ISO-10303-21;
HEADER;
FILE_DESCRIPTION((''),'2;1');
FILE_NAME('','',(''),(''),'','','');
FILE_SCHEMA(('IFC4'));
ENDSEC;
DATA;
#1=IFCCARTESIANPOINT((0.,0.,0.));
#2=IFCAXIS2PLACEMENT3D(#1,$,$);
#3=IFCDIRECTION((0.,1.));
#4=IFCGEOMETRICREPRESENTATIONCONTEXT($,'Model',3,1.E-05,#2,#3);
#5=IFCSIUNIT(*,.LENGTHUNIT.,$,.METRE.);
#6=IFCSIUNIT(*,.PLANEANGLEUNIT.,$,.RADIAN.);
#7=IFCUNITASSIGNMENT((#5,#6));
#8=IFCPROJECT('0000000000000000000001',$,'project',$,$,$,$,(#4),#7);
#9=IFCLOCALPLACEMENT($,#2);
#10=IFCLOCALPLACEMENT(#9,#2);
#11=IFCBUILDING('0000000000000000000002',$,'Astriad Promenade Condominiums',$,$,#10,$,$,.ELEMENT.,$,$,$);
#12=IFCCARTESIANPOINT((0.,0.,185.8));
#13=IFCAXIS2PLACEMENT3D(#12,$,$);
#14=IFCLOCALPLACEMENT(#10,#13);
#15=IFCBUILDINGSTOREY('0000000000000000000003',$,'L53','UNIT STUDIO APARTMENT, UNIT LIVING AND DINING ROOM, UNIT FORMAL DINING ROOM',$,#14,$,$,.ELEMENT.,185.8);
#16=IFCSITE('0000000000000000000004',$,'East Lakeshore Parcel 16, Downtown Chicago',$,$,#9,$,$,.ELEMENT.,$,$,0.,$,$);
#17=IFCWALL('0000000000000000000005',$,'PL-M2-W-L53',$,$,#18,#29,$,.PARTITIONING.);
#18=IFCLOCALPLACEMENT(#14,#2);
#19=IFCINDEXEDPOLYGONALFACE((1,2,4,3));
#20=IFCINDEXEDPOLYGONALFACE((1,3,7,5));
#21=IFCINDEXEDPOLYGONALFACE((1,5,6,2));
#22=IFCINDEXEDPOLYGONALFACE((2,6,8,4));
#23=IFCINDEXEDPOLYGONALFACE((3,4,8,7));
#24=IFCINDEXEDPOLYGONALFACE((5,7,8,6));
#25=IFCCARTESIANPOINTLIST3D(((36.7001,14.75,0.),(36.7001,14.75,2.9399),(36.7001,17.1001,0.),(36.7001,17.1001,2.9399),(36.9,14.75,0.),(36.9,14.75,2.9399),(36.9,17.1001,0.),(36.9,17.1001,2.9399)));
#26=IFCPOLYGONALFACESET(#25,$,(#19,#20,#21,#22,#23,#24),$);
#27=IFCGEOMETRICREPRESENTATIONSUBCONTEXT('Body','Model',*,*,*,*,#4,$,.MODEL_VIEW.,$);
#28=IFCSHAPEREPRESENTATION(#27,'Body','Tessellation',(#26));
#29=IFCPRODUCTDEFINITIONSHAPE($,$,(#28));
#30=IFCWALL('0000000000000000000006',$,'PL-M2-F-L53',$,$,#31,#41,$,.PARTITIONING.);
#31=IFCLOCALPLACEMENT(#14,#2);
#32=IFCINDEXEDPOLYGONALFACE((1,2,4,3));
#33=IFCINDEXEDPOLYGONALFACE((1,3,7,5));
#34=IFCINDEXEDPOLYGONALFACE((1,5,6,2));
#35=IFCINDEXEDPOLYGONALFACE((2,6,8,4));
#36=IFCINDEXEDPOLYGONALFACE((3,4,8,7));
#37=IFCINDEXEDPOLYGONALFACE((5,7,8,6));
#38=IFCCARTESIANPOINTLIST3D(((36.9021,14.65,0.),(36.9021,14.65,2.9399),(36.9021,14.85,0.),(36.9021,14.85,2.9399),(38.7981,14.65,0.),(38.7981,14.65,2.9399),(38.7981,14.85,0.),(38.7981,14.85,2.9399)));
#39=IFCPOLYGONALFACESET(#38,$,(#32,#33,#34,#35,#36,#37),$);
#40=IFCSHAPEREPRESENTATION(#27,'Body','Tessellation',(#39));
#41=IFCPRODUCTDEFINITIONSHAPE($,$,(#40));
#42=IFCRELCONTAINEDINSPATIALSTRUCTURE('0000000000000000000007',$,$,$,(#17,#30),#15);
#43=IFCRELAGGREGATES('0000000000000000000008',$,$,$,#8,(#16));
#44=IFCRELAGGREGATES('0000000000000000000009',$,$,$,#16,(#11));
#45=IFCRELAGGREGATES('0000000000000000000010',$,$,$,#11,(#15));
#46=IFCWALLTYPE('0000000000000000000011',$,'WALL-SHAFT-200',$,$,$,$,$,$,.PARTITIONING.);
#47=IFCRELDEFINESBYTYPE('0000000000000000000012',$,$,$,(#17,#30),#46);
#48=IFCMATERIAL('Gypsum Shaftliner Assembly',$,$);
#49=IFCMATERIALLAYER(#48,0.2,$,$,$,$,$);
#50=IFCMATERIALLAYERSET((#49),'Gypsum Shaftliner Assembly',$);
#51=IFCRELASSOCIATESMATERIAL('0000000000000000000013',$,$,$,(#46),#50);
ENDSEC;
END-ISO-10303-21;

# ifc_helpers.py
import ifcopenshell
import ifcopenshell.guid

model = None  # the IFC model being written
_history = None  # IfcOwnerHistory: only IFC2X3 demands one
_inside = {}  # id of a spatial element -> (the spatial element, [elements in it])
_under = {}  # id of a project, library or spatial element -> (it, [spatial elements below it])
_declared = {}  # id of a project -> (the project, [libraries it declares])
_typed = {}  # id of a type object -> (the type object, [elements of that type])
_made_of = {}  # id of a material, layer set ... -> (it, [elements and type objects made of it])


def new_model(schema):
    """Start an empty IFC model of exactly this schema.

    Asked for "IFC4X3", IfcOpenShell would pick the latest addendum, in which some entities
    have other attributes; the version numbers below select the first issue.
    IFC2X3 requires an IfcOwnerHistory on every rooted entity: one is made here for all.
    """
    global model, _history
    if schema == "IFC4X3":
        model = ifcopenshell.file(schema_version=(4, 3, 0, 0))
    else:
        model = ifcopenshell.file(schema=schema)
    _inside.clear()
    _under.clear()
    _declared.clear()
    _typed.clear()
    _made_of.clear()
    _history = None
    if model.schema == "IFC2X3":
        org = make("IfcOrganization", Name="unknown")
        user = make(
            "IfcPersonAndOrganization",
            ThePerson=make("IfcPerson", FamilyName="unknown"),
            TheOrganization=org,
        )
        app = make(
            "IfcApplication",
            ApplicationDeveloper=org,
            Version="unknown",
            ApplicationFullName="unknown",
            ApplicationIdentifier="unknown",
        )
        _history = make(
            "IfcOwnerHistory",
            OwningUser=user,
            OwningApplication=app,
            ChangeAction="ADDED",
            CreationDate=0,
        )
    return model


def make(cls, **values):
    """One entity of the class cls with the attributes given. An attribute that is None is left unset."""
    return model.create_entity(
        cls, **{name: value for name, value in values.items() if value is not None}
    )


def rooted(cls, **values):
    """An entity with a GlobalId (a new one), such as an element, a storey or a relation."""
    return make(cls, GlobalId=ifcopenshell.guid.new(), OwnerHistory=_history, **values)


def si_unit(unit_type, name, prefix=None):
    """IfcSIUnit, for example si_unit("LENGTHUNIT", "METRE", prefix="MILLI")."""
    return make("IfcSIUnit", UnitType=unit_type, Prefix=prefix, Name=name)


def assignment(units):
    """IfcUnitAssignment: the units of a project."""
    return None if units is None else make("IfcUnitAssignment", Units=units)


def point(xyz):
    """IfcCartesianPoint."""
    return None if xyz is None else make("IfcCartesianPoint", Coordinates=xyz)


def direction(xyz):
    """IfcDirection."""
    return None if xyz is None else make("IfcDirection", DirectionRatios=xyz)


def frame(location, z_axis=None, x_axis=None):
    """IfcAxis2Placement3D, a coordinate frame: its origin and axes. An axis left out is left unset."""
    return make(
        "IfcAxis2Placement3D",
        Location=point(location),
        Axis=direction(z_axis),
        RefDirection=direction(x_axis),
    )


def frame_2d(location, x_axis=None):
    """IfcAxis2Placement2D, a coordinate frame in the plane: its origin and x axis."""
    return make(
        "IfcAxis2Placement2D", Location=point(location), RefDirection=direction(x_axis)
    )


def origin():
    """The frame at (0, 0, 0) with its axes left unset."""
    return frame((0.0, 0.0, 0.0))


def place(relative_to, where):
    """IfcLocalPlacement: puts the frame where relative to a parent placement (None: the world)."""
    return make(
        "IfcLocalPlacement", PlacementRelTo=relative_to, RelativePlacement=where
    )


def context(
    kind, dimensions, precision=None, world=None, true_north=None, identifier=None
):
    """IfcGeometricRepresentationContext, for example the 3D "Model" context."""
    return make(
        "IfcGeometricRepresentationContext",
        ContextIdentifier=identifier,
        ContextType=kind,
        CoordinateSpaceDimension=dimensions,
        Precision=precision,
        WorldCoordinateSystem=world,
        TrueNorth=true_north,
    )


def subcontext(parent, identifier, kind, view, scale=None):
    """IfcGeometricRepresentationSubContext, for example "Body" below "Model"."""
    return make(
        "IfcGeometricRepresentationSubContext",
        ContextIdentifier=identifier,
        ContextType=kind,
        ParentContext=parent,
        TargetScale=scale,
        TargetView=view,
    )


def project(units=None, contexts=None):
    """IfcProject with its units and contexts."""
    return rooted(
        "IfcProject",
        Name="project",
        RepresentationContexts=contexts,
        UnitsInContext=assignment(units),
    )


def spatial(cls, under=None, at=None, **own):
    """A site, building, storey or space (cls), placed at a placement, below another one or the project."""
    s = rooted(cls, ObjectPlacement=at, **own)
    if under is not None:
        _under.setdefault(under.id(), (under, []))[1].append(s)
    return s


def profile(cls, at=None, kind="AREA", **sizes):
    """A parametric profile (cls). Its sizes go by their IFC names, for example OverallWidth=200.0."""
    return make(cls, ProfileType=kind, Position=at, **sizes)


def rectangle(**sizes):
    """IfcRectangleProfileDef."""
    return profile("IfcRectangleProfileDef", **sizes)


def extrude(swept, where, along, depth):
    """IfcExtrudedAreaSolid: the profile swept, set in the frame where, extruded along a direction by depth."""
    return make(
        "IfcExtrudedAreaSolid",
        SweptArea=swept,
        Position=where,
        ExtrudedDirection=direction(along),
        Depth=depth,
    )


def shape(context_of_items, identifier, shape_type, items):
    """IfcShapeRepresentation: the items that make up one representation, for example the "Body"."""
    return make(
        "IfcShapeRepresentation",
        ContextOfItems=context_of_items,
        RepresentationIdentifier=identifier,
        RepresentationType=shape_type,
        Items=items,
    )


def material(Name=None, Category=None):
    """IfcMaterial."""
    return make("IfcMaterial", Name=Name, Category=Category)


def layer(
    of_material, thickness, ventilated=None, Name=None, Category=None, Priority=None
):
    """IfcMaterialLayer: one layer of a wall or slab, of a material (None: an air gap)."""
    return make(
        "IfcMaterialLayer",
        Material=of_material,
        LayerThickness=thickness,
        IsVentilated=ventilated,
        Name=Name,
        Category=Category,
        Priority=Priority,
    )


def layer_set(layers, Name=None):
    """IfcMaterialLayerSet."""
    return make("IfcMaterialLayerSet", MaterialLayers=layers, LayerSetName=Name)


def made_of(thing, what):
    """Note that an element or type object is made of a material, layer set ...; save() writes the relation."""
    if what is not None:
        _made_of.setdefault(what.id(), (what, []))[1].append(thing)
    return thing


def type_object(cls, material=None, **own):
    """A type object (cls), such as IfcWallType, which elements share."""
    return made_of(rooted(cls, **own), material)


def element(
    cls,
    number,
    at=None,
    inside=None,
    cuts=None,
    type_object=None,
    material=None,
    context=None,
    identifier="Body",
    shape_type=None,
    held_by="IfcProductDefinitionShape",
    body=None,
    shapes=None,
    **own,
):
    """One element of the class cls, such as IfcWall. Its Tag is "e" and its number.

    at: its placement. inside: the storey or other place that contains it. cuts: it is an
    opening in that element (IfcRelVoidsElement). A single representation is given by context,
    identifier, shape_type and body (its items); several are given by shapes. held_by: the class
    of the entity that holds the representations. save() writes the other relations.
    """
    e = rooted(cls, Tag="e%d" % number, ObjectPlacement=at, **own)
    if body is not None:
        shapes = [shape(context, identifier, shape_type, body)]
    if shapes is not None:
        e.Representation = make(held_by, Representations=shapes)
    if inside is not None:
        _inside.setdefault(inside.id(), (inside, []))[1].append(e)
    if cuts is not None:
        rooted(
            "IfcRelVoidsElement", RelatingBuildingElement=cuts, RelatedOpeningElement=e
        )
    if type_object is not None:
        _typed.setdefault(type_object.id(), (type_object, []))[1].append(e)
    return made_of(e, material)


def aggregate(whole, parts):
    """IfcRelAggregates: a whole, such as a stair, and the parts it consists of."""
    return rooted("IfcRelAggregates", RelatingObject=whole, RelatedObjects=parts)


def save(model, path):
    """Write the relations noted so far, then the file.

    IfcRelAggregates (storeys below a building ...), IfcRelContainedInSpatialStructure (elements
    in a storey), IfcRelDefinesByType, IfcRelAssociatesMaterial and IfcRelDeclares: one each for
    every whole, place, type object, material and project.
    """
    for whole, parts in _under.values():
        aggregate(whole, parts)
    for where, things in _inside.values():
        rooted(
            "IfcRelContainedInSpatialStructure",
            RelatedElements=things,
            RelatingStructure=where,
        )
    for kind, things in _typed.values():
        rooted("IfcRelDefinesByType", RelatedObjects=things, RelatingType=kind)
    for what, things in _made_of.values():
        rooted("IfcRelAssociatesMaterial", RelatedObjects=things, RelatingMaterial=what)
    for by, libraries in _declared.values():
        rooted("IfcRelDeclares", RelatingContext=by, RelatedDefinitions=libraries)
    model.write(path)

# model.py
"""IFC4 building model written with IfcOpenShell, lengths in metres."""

from ifc_helpers import new_model, si_unit, direction, frame, frame_2d, origin, place, context, subcontext, project, spatial, rectangle, extrude, material, layer, layer_set, type_object, element, save


model = new_model("IFC4")

# Units and contexts
model_context = context("Model", 3, precision=1e-05, world=origin(), true_north=direction((0.0, 1.0)))
body_context = subcontext(model_context, "Body", "Model", "MODEL_VIEW")
ifc_project = project(units=[si_unit("LENGTHUNIT", "METRE"), si_unit("PLANEANGLEUNIT", "RADIAN")], contexts=[model_context])

# Site, building, storey
site_placement = place(None, origin())
site = spatial("IfcSite", under=ifc_project, at=site_placement, Name="East Lakeshore Parcel 16, Downtown Chicago", CompositionType="ELEMENT", RefElevation=0.0)
building_placement = place(site_placement, origin())
building = spatial("IfcBuilding", under=site, at=building_placement, Name="Astriad Promenade Condominiums", CompositionType="ELEMENT")
storey_placement = place(building_placement, frame((0.0, 0.0, 185.8)))
storey = spatial("IfcBuildingStorey", under=building, at=storey_placement, Name="L53", Description="UNIT STUDIO APARTMENT, UNIT LIVING AND DINING ROOM, UNIT FORMAL DINING ROOM", CompositionType="ELEMENT", Elevation=185.8)

# Walls
ifc_material_1 = material(Name="Gypsum Shaftliner Assembly")
ifc_layer_1 = layer(ifc_material_1, 0.2)
ifc_layer_set_1 = layer_set([ifc_layer_1], Name="Gypsum Shaftliner Assembly")
wall_type_1 = type_object("IfcWallType", Name="WALL-SHAFT-200", PredefinedType="PARTITIONING", material=ifc_layer_set_1)
wall_1_placement = place(storey_placement, frame((36.8, 14.75, 0.0), z_axis=(0.0, 0.0, 1.0), x_axis=(0.0, 1.0, 0.0)))
element("IfcWall", 1, at=wall_1_placement, inside=storey, type_object=wall_type_1, Name="PL-M2-W-L53", PredefinedType="PARTITIONING", context=body_context, shape_type="SweptSolid", body=[
    extrude(rectangle(XDim=2.3501, YDim=0.2, at=frame_2d((1.175, 0.0))), origin(), (0.0, 0.0, 1.0), 2.9399),
])
wall_2_placement = place(storey_placement, frame((36.9021, 14.75, 0.0), z_axis=(0.0, 0.0, 1.0), x_axis=(1.0, 0.0, 0.0)))
element("IfcWall", 2, at=wall_2_placement, inside=storey, type_object=wall_type_1, Name="PL-M2-F-L53", PredefinedType="PARTITIONING", context=body_context, shape_type="SweptSolid", body=[
    extrude(rectangle(XDim=1.896, YDim=0.2, at=frame_2d((0.948, 0.0))), origin(), (0.0, 0.0, 1.0), 2.9399),
])

save(model, "model.ifc")
